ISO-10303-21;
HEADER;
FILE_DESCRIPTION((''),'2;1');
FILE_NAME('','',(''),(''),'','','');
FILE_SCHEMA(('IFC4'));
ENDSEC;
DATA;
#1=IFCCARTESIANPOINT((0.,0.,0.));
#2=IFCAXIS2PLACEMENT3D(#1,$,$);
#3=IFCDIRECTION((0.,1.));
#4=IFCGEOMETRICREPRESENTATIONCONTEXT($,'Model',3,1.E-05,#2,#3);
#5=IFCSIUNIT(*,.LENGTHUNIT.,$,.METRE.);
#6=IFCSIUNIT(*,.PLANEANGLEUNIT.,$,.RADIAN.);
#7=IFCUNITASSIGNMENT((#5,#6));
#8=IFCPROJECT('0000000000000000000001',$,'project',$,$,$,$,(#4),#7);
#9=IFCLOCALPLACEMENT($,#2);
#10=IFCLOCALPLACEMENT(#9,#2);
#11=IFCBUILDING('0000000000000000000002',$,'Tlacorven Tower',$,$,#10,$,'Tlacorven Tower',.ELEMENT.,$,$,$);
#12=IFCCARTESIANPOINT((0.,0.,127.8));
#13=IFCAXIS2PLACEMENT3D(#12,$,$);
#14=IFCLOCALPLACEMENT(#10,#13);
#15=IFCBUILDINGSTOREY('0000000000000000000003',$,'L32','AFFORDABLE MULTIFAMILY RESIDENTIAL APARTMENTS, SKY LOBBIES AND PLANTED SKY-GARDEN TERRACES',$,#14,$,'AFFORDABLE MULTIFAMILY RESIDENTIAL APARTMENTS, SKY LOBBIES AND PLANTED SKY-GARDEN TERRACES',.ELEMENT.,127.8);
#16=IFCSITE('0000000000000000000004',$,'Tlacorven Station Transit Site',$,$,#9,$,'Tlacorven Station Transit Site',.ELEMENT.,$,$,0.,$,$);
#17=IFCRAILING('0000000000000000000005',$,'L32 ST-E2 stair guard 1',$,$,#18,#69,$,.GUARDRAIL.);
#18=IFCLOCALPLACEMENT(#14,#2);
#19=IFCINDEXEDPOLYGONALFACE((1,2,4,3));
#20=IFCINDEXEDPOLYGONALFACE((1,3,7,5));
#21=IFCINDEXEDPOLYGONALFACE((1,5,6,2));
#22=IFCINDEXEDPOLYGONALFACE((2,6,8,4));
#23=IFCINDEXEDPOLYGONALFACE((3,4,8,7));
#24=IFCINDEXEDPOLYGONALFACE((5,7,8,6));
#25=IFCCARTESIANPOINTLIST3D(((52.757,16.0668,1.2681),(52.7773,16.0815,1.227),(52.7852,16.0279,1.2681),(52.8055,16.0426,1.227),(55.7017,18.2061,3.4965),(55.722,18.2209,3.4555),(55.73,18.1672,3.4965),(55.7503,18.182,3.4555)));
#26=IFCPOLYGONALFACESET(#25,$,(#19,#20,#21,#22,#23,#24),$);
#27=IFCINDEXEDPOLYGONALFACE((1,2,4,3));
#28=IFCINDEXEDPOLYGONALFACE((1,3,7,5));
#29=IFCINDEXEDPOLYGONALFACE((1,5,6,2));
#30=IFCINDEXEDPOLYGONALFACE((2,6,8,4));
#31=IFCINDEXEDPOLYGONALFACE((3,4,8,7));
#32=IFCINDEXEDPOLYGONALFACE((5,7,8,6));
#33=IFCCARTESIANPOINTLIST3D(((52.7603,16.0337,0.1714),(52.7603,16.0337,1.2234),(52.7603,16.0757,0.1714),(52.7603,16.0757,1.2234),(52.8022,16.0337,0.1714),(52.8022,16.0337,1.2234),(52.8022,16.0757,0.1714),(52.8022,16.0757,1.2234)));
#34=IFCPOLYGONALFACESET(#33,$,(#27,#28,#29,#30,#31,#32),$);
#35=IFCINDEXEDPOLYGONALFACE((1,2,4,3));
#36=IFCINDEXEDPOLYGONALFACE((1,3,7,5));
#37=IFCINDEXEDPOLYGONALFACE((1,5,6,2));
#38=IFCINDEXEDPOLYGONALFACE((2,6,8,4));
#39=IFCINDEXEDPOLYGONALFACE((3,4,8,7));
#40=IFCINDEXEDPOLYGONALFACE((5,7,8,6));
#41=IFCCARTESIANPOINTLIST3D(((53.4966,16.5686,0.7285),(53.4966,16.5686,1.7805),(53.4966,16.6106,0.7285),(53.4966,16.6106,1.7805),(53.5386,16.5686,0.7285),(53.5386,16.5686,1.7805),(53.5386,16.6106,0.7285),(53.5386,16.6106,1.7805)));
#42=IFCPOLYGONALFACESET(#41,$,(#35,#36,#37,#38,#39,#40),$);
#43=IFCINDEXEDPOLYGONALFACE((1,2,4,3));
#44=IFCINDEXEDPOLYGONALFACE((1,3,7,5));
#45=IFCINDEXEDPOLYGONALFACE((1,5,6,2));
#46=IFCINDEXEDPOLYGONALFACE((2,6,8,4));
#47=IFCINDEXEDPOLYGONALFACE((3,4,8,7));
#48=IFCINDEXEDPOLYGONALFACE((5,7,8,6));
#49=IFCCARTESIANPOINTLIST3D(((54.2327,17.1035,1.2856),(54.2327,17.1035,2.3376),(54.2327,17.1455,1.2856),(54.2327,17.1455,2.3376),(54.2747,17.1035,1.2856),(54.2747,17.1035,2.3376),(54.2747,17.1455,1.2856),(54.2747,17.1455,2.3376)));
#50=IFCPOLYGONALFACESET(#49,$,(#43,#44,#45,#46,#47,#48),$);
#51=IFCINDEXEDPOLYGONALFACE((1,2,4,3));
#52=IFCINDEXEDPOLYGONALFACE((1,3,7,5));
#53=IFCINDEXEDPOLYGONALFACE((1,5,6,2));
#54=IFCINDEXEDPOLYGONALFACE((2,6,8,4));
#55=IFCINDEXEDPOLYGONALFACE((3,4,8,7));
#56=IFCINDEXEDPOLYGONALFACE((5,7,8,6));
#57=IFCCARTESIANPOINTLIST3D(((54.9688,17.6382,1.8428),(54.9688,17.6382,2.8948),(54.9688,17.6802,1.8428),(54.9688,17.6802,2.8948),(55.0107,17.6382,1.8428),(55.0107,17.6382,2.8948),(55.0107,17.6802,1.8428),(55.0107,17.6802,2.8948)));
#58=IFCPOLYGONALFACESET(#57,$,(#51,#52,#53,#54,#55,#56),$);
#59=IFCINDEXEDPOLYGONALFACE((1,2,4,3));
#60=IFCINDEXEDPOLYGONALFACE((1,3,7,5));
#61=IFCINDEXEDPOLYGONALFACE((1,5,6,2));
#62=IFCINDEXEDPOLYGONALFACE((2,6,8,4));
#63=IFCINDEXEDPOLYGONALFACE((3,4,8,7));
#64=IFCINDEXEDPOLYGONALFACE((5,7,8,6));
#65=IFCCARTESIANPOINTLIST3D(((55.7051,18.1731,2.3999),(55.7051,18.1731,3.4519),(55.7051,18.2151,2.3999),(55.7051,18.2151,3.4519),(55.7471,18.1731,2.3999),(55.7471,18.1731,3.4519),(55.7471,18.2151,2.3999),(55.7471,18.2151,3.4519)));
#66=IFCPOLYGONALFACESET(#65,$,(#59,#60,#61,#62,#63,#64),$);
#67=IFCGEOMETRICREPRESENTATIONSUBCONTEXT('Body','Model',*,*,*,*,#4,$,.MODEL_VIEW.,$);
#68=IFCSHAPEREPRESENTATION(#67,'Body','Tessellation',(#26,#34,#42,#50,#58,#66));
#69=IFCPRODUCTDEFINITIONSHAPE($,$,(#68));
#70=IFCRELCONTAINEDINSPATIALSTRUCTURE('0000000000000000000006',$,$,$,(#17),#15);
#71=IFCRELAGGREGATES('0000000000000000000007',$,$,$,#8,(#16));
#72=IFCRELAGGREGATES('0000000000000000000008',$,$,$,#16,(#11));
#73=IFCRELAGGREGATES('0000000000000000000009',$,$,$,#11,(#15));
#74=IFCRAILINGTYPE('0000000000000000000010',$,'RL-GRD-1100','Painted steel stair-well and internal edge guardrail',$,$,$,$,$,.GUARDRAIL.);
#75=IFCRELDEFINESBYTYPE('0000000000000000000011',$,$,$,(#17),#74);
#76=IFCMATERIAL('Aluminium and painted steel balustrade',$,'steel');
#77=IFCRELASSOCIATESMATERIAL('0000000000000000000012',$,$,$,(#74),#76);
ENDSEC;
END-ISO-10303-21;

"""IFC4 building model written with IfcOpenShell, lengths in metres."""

from ifc_helpers import new_model, si_unit, direction, frame, origin, origin_2d, place, context, subcontext, project, spatial, rectangle, extrude, source, transform, mapped, material, type_object, element, save


model = new_model("IFC4")

# Units and contexts
model_context = context("Model", 3, precision=1e-05, world=origin(), true_north=direction((0.0, 1.0)))
body_context = subcontext(model_context, "Body", "Model", "MODEL_VIEW")
ifc_project = project(units=[si_unit("LENGTHUNIT", "METRE"), si_unit("PLANEANGLEUNIT", "RADIAN")], contexts=[model_context])

# Site, building, storey
site_placement = place(None, origin())
site = spatial("IfcSite", under=ifc_project, at=site_placement, Name="Tlacorven Station Transit Site", LongName="Tlacorven Station Transit Site", CompositionType="ELEMENT", RefElevation=0.0)
building_placement = place(site_placement, origin())
building = spatial("IfcBuilding", under=site, at=building_placement, Name="Tlacorven Tower", LongName="Tlacorven Tower", CompositionType="ELEMENT")
storey_placement = place(building_placement, frame((0.0, 0.0, 127.8)))
storey = spatial("IfcBuildingStorey", under=building, at=storey_placement, Name="L32", Description="AFFORDABLE MULTIFAMILY RESIDENTIAL APARTMENTS, SKY LOBBIES AND PLANTED SKY-GARDEN TERRACES", LongName="AFFORDABLE MULTIFAMILY RESIDENTIAL APARTMENTS, SKY LOBBIES AND PLANTED SKY-GARDEN TERRACES", CompositionType="ELEMENT", Elevation=127.8)

# Railing
ifc_material_1 = material(Name="Aluminium and painted steel balustrade", Category="steel")
railing_type_1 = type_object("IfcRailingType", Name="RL-GRD-1100", Description="Painted steel stair-well and internal edge guardrail", PredefinedType="GUARDRAIL", material=ifc_material_1)
shared_shape_1 = source(origin(), body_context, "Body", "SweptSolid", [
    extrude(rectangle(XDim=0.0481, YDim=0.0481, at=origin_2d()), frame((0.0, 0.0, 1.0762), z_axis=(0.689987, 0.501273, 0.522152), x_axis=(-0.587761, 0.809035, 0.0)), (0.0, 0.0, 1.0), 4.2678),
    extrude(rectangle(XDim=0.042, YDim=0.042, at=origin_2d()), origin(), (0.0, 0.0, 1.0), 1.052),
    extrude(rectangle(XDim=0.042, YDim=0.042, at=origin_2d()), frame((0.7363, 0.5349, 0.5571)), (0.0, 0.0, 1.0), 1.052),
    extrude(rectangle(XDim=0.042, YDim=0.042, at=origin_2d()), frame((1.4724, 1.0698, 1.1143)), (0.0, 0.0, 1.0), 1.052),
    extrude(rectangle(XDim=0.042, YDim=0.042, at=origin_2d()), frame((2.2085, 1.6045, 1.6714)), (0.0, 0.0, 1.0), 1.052),
    extrude(rectangle(XDim=0.042, YDim=0.042, at=origin_2d()), frame((2.9448, 2.1394, 2.2285)), (0.0, 0.0, 1.0), 1.052),
])
railing_1_placement = place(storey_placement, frame((52.7812, 16.0547, 0.1714)))
element("IfcRailing", 1, at=railing_1_placement, inside=storey, type_object=railing_type_1, Name="L32 ST-E2 stair guard 1", PredefinedType="GUARDRAIL", context=body_context, shape_type="MappedRepresentation", body=[
    mapped(shared_shape_1, transform((0.0, 0.0, 0.0), scale=1.0)),
])

save(model, "model.ifc")
